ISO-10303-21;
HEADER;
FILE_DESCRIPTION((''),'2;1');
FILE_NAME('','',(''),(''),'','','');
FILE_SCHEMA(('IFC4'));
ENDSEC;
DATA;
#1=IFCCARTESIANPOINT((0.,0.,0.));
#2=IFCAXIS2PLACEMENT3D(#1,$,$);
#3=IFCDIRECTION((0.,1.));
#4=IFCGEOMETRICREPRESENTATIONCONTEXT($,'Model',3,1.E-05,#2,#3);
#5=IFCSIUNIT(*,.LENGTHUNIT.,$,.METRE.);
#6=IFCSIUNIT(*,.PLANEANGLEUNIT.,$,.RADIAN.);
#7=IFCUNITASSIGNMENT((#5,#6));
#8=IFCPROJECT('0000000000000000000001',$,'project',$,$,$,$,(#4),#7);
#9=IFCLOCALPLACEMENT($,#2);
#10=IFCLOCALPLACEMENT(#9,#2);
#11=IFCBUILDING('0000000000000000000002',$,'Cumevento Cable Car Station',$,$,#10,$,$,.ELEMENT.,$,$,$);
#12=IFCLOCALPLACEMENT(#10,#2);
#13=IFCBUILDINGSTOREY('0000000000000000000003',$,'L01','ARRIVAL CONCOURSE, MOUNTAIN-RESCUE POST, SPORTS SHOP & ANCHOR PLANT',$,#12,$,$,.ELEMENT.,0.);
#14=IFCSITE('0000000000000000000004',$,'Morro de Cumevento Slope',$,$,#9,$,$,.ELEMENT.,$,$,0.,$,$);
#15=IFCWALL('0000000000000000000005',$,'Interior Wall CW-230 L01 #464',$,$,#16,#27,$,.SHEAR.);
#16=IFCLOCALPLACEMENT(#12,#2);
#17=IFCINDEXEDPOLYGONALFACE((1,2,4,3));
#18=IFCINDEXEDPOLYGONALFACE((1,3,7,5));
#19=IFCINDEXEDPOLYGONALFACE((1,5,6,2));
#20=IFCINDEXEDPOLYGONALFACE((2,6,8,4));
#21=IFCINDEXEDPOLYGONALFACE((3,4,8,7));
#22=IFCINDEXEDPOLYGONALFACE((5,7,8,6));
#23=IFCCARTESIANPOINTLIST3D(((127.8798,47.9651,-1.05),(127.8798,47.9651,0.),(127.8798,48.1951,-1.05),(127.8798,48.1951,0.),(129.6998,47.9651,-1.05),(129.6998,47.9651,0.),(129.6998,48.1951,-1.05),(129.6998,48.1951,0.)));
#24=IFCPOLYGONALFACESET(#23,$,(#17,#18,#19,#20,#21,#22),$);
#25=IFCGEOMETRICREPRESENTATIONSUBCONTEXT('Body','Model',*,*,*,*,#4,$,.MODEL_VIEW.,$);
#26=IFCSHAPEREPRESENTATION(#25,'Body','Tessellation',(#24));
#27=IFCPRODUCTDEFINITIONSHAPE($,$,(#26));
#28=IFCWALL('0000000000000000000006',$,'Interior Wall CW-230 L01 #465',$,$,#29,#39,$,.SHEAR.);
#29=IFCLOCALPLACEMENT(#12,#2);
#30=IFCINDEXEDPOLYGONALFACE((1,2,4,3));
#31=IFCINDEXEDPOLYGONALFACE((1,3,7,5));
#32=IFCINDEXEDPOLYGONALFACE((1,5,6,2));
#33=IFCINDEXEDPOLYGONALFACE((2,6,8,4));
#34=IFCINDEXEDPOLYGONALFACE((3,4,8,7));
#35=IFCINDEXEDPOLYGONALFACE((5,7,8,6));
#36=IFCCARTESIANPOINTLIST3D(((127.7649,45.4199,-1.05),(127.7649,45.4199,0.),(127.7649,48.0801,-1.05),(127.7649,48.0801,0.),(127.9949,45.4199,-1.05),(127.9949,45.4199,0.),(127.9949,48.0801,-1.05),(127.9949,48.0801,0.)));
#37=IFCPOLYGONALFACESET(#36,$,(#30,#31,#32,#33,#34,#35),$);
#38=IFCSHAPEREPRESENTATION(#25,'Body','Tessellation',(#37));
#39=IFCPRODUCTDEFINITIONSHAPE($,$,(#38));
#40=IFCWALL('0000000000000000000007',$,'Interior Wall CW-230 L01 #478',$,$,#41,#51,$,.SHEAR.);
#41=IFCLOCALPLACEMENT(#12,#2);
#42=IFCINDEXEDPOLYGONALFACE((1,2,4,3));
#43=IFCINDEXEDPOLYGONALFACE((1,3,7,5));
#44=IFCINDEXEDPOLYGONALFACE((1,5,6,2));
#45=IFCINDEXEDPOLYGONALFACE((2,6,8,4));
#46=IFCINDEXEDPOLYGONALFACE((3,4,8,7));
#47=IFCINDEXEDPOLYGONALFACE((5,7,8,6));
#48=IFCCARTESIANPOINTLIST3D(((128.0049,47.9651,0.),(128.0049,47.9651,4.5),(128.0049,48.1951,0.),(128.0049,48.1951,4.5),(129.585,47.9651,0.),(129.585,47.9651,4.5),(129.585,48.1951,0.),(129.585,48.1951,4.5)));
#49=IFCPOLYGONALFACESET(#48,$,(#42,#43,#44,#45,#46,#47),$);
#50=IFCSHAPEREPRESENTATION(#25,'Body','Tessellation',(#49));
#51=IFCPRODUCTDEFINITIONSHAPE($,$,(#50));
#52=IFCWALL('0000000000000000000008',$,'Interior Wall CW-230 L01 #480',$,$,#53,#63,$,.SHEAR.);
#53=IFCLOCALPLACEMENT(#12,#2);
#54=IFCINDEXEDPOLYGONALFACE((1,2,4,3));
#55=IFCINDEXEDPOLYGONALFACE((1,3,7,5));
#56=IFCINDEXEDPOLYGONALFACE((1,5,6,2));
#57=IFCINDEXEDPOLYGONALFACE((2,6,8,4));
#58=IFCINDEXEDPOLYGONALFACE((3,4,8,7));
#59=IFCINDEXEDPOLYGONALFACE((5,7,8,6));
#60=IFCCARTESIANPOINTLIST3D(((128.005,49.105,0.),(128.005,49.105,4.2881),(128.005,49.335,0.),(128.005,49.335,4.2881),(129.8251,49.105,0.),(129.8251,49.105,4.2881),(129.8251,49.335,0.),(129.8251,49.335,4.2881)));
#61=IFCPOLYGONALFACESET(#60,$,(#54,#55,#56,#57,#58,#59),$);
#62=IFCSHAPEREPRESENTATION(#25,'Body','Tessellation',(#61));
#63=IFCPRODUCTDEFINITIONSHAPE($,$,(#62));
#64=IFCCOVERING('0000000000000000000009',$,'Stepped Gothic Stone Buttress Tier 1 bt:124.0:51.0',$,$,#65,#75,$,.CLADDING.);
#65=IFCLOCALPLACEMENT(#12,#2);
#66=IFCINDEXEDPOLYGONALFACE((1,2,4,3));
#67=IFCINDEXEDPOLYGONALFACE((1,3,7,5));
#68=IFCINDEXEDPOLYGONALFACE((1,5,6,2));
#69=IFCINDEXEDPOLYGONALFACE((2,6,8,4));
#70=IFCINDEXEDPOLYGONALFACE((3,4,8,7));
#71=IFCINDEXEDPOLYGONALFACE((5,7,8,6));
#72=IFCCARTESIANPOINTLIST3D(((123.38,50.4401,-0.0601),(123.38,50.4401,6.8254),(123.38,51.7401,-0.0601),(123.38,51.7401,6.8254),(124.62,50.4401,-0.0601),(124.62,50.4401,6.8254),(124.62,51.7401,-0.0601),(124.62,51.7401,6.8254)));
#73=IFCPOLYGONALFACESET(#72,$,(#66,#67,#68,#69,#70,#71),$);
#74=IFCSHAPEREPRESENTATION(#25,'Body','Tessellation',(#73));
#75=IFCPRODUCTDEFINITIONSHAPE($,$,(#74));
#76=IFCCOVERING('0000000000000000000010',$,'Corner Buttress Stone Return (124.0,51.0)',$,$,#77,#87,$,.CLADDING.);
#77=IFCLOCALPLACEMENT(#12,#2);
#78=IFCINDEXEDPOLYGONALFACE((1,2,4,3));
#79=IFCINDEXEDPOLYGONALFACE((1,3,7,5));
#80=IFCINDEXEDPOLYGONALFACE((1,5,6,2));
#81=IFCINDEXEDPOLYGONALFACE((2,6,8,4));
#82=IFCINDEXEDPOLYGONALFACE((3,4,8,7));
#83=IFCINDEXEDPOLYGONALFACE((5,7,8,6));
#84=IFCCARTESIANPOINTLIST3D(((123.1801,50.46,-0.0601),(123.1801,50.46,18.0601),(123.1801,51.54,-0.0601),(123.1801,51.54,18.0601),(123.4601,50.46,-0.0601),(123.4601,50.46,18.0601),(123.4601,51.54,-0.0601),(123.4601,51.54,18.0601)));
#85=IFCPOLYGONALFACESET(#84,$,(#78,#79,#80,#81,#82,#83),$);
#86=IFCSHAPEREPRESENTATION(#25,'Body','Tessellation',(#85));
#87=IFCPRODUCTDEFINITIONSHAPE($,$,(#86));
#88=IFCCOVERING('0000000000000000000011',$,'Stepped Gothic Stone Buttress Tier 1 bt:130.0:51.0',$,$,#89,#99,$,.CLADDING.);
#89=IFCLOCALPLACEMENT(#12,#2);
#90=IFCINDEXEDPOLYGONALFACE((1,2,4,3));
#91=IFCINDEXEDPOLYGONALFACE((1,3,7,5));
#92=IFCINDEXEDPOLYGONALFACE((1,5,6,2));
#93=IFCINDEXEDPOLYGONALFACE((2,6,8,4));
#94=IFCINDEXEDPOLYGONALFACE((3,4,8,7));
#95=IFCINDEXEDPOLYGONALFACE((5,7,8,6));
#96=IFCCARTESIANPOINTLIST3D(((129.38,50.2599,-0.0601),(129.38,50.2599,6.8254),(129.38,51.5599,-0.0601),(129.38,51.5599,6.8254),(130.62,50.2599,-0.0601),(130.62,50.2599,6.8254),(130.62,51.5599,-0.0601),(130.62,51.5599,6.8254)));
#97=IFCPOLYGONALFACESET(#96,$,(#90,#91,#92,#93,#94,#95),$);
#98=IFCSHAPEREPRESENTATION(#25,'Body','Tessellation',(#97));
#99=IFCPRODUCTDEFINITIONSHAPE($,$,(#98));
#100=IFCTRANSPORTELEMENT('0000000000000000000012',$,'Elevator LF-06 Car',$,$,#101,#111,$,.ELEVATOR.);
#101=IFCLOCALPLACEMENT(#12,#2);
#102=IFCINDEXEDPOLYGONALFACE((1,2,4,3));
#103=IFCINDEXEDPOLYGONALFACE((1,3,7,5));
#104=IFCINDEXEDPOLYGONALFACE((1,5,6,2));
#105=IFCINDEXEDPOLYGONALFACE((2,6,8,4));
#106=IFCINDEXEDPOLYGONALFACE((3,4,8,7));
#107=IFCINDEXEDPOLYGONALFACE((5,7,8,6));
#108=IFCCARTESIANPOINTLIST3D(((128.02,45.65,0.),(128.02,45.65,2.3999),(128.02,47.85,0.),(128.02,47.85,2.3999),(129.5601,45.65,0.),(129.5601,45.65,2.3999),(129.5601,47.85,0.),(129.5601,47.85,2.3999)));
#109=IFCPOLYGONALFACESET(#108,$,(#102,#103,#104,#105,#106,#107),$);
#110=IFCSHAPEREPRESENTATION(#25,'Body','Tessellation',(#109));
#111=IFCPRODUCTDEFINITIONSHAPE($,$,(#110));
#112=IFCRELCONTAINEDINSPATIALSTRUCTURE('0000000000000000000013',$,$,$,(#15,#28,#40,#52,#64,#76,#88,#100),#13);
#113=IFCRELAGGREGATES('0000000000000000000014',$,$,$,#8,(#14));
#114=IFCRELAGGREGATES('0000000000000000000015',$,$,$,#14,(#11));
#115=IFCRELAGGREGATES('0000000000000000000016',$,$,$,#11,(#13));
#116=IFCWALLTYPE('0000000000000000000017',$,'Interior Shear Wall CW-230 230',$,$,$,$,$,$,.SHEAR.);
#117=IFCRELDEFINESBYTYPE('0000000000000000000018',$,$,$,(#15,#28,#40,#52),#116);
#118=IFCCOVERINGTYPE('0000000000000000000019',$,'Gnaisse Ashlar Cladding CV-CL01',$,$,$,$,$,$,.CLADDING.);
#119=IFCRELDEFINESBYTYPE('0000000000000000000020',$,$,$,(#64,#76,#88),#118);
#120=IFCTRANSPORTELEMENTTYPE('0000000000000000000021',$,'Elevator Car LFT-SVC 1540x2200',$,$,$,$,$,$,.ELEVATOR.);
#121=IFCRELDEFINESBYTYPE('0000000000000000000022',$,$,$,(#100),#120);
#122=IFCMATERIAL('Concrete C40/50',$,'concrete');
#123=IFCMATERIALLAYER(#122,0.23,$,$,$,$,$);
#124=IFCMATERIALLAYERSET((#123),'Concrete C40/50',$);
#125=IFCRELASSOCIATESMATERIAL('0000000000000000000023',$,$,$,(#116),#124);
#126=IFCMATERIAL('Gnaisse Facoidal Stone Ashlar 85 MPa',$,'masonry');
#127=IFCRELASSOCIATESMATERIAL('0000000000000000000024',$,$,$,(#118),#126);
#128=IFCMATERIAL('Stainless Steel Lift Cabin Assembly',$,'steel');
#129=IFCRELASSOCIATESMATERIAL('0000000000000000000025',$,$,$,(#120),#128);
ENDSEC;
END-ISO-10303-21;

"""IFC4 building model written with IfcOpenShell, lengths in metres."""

from ifc_helpers import new_model, si_unit, direction, frame, frame_2d, origin, origin_2d, place, context, subcontext, project, spatial, rectangle, extrude, material, layer, layer_set, type_object, element, save


model = new_model("IFC4")

# Units and contexts
model_context = context("Model", 3, precision=1e-05, world=origin(), true_north=direction((0.0, 1.0)))
body_context = subcontext(model_context, "Body", "Model", "MODEL_VIEW")
ifc_project = project(units=[si_unit("LENGTHUNIT", "METRE"), si_unit("PLANEANGLEUNIT", "RADIAN")], contexts=[model_context])

# Site, building, storey
site_placement = place(None, origin())
site = spatial("IfcSite", under=ifc_project, at=site_placement, Name="Morro de Cumevento Slope", CompositionType="ELEMENT", RefElevation=0.0)
building_placement = place(site_placement, origin())
building = spatial("IfcBuilding", under=site, at=building_placement, Name="Cumevento Cable Car Station", CompositionType="ELEMENT")
storey_placement = place(building_placement, origin())
storey = spatial("IfcBuildingStorey", under=building, at=storey_placement, Name="L01", Description="ARRIVAL CONCOURSE, MOUNTAIN-RESCUE POST, SPORTS SHOP & ANCHOR PLANT", CompositionType="ELEMENT", Elevation=0.0)

# Walls
ifc_material_1 = material(Name="Concrete C40/50", Category="concrete")
ifc_layer_1 = layer(ifc_material_1, 0.23)
ifc_layer_set_1 = layer_set([ifc_layer_1], Name="Concrete C40/50")
wall_type_1 = type_object("IfcWallType", Name="Interior Shear Wall CW-230 230", PredefinedType="SHEAR", material=ifc_layer_set_1)
wall_1_placement = place(storey_placement, frame((129.7, 48.0801, -1.05), z_axis=(0.0, 0.0, 1.0), x_axis=(-1.0, 0.0, 0.0)))
element("IfcWall", 1, at=wall_1_placement, inside=storey, type_object=wall_type_1, Name="Interior Wall CW-230 L01 #464", PredefinedType="SHEAR", context=body_context, shape_type="SweptSolid", body=[
    extrude(rectangle(XDim=1.8201, YDim=0.23, at=frame_2d((0.9102, 0.0))), origin(), (0.0, 0.0, 1.0), 1.05),
])
wall_2_placement = place(storey_placement, frame((127.8799, 48.0801, -1.05), z_axis=(0.0, 0.0, 1.0), x_axis=(0.0, -1.0, 0.0)))
element("IfcWall", 2, at=wall_2_placement, inside=storey, type_object=wall_type_1, Name="Interior Wall CW-230 L01 #465", PredefinedType="SHEAR", context=body_context, shape_type="SweptSolid", body=[
    extrude(rectangle(XDim=2.6602, YDim=0.23, at=frame_2d((1.3301, 0.0))), origin(), (0.0, 0.0, 1.0), 1.05),
])
wall_3_placement = place(storey_placement, frame((128.0049, 48.0801, 0.0), z_axis=(0.0, 0.0, 1.0), x_axis=(1.0, 0.0, 0.0)))
element("IfcWall", 3, at=wall_3_placement, inside=storey, type_object=wall_type_1, Name="Interior Wall CW-230 L01 #478", PredefinedType="SHEAR", context=body_context, shape_type="SweptSolid", body=[
    extrude(rectangle(XDim=1.5801, YDim=0.23, at=frame_2d((0.79, 0.0))), origin(), (0.0, 0.0, 1.0), 4.5),
])
wall_4_placement = place(storey_placement, frame((128.0049, 49.22, 0.0), z_axis=(0.0, 0.0, 1.0), x_axis=(1.0, 0.0, 0.0)))
element("IfcWall", 4, at=wall_4_placement, inside=storey, type_object=wall_type_1, Name="Interior Wall CW-230 L01 #480", PredefinedType="SHEAR", context=body_context, shape_type="SweptSolid", body=[
    extrude(rectangle(XDim=1.8201, YDim=0.23, at=frame_2d((0.9102, 0.0))), origin(), (0.0, 0.0, 1.0), 4.2881),
])

# Coverings
ifc_material_2 = material(Name="Gnaisse Facoidal Stone Ashlar 85 MPa", Category="masonry")
covering_type = type_object("IfcCoveringType", Name="Gnaisse Ashlar Cladding CV-CL01", PredefinedType="CLADDING", material=ifc_material_2)
covering_1_placement = place(storey_placement, frame((124.0, 51.0901, -0.0601), z_axis=(0.0, 0.0, 1.0), x_axis=(-1.0, 0.0, 0.0)))
element("IfcCovering", 5, at=covering_1_placement, inside=storey, type_object=covering_type, Name="Stepped Gothic Stone Buttress Tier 1 bt:124.0:51.0", PredefinedType="CLADDING", context=body_context, shape_type="SweptSolid", body=[
    extrude(rectangle(XDim=1.24, YDim=1.3, at=origin_2d()), origin(), (0.0, 0.0, 1.0), 6.8855),
])
covering_2_placement = place(storey_placement, frame((123.3201, 51.0, -0.0601), z_axis=(0.0, 0.0, 1.0), x_axis=(1.0, 0.0, 0.0)))
element("IfcCovering", 6, at=covering_2_placement, inside=storey, type_object=covering_type, Name="Corner Buttress Stone Return (124.0,51.0)", PredefinedType="CLADDING", context=body_context, shape_type="SweptSolid", body=[
    extrude(rectangle(XDim=0.28, YDim=1.0801, at=origin_2d()), origin(), (0.0, 0.0, 1.0), 18.1201),
])
covering_3_placement = place(storey_placement, frame((130.0, 50.9099, -0.0601), z_axis=(0.0, 0.0, 1.0), x_axis=(1.0, 0.0, 0.0)))
element("IfcCovering", 7, at=covering_3_placement, inside=storey, type_object=covering_type, Name="Stepped Gothic Stone Buttress Tier 1 bt:130.0:51.0", PredefinedType="CLADDING", context=body_context, shape_type="SweptSolid", body=[
    extrude(rectangle(XDim=1.24, YDim=1.3, at=origin_2d()), origin(), (0.0, 0.0, 1.0), 6.8855),
])

# Transport element
ifc_material_3 = material(Name="Stainless Steel Lift Cabin Assembly", Category="steel")
transport_element_type = type_object("IfcTransportElementType", Name="Elevator Car LFT-SVC 1540x2200", PredefinedType="ELEVATOR", material=ifc_material_3)
transport_element_placement = place(storey_placement, frame((128.79, 46.75, 0.0), z_axis=(0.0, 0.0, 1.0), x_axis=(1.0, 0.0, 0.0)))
element("IfcTransportElement", 8, at=transport_element_placement, inside=storey, type_object=transport_element_type, Name="Elevator LF-06 Car", PredefinedType="ELEVATOR", context=body_context, shape_type="SweptSolid", body=[
    extrude(rectangle(XDim=1.54, YDim=2.2, at=origin_2d()), origin(), (0.0, 0.0, 1.0), 2.3999),
])

save(model, "model.ifc")
